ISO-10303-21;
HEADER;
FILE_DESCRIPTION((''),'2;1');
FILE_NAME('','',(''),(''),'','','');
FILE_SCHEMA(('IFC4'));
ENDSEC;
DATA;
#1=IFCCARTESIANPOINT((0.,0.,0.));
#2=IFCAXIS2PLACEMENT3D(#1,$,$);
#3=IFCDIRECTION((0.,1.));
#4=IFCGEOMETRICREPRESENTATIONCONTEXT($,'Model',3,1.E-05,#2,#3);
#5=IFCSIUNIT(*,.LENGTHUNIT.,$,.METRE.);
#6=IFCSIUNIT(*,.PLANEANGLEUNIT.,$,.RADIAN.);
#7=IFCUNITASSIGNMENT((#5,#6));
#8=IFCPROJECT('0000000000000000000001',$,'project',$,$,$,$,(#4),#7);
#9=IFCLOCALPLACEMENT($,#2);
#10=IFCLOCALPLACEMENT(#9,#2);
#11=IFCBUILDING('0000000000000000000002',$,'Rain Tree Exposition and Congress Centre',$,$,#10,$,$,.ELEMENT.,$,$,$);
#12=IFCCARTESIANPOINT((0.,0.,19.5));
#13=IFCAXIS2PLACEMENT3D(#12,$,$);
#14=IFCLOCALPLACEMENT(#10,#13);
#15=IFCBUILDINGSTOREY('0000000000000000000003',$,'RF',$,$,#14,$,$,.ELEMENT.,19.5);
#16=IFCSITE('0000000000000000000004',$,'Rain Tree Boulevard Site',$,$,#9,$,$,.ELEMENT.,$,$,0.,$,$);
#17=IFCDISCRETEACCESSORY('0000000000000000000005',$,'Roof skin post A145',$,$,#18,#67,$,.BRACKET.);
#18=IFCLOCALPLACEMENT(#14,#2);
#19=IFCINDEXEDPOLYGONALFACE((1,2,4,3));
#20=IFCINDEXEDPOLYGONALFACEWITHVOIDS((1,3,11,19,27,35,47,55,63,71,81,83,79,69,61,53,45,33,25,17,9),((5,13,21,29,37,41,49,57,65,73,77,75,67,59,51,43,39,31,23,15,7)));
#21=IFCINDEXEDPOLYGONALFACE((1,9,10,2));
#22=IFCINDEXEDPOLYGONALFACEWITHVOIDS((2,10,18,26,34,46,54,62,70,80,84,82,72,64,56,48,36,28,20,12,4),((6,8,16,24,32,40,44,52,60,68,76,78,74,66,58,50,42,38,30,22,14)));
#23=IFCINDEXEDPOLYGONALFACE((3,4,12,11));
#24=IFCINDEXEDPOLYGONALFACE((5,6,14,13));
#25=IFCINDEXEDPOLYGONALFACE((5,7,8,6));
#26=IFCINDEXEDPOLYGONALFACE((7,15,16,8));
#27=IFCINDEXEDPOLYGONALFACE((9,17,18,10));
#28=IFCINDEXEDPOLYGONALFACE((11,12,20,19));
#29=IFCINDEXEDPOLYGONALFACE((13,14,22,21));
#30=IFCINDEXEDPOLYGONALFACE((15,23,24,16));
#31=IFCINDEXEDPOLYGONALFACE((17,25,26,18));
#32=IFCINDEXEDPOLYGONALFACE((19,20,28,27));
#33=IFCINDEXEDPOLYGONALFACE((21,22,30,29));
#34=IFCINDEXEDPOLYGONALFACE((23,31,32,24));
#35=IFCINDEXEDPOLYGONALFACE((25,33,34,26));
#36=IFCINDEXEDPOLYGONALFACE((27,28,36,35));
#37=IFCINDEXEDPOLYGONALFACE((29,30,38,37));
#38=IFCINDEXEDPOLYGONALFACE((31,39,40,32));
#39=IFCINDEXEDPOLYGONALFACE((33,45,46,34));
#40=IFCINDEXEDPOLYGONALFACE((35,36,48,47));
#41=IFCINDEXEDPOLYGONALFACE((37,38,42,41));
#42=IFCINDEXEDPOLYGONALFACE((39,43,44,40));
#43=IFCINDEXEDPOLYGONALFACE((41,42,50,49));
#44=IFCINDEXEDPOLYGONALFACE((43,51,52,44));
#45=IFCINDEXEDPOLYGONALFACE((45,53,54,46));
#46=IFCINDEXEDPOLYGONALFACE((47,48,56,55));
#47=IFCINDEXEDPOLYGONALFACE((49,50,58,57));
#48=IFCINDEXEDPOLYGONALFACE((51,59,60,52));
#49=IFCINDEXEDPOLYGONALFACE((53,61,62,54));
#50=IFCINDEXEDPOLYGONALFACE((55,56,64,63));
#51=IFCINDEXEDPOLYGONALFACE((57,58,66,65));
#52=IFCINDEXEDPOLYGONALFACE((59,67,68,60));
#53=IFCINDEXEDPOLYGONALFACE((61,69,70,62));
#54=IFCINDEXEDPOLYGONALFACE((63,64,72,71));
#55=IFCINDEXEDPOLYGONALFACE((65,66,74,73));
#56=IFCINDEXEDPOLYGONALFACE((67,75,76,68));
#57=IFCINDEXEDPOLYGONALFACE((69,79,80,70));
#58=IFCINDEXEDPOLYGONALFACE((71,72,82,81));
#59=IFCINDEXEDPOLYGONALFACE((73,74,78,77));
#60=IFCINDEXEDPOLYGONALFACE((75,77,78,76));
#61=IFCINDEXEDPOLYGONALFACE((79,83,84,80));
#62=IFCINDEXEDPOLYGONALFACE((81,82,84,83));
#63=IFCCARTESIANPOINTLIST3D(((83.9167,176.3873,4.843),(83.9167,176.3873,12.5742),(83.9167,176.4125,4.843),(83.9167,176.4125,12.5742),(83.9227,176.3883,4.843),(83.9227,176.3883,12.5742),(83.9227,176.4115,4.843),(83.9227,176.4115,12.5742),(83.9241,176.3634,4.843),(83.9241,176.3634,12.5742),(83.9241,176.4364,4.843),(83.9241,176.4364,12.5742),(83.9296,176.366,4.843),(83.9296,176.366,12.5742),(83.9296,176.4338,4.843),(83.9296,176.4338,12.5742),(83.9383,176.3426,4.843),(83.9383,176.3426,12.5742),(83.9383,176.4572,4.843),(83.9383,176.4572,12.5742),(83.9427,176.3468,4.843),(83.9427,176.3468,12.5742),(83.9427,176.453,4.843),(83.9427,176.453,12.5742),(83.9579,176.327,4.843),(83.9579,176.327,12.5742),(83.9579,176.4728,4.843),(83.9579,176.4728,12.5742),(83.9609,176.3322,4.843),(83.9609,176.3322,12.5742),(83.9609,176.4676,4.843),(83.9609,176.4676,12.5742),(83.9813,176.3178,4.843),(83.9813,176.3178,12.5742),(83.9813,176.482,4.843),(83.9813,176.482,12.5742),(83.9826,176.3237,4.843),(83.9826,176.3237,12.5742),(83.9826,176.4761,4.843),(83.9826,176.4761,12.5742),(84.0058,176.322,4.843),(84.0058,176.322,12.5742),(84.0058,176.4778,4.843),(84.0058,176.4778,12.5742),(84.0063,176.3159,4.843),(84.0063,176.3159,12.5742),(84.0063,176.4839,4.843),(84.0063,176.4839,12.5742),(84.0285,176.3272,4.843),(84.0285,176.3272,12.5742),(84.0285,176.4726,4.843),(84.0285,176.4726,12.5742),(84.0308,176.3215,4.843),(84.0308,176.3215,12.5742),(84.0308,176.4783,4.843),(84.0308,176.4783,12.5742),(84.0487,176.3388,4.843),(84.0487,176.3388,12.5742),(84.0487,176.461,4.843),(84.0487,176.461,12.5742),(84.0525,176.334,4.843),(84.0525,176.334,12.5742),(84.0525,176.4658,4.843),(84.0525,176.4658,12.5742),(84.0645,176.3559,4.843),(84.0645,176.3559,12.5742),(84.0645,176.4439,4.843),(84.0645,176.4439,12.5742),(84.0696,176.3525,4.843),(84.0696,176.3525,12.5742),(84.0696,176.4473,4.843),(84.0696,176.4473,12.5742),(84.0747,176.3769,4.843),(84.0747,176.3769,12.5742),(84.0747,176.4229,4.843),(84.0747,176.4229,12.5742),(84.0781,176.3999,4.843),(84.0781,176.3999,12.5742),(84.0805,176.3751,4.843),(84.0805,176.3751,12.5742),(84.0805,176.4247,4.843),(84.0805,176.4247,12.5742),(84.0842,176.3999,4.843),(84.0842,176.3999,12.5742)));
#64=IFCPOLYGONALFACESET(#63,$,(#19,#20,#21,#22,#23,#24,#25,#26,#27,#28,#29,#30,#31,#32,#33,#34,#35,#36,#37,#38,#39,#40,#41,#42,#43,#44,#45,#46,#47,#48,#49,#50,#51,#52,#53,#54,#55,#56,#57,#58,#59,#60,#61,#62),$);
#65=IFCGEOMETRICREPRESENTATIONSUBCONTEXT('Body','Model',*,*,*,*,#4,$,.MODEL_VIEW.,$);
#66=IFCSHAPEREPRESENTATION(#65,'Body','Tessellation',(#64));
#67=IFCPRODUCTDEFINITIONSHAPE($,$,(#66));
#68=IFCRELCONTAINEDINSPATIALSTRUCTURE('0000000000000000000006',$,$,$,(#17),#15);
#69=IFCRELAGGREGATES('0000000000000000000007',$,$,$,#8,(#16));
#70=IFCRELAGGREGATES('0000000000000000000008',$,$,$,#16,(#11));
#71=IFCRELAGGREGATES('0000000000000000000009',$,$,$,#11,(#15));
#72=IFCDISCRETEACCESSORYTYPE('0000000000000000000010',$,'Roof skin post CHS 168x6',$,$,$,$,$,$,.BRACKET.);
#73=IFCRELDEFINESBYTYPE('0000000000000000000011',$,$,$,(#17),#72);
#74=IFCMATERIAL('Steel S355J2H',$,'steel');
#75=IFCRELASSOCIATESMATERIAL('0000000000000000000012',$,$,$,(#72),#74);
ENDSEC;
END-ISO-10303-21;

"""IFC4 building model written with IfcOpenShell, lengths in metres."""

from ifc_helpers import new_model, si_unit, direction, frame, origin, origin_2d, place, context, subcontext, project, spatial, hollow_circle, extrude, material, material_profile, profile_set, type_object, element, save


model = new_model("IFC4")

# Units and contexts
model_context = context("Model", 3, precision=1e-05, world=origin(), true_north=direction((0.0, 1.0)))
body_context = subcontext(model_context, "Body", "Model", "MODEL_VIEW")
ifc_project = project(units=[si_unit("LENGTHUNIT", "METRE"), si_unit("PLANEANGLEUNIT", "RADIAN")], contexts=[model_context])

# Site, building, storey
site_placement = place(None, origin())
site = spatial("IfcSite", under=ifc_project, at=site_placement, Name="Rain Tree Boulevard Site", CompositionType="ELEMENT", RefElevation=0.0)
building_placement = place(site_placement, origin())
building = spatial("IfcBuilding", under=site, at=building_placement, Name="Rain Tree Exposition and Congress Centre", CompositionType="ELEMENT")
storey_placement = place(building_placement, frame((0.0, 0.0, 19.5)))
storey = spatial("IfcBuildingStorey", under=building, at=storey_placement, Name="RF", CompositionType="ELEMENT", Elevation=19.5)

# Discrete accessory
ifc_material_1 = material(Name="Steel S355J2H", Category="steel")
ifc_material_profile_1 = material_profile(ifc_material_1, hollow_circle(Radius=0.0842, WallThickness=0.0061, at=origin_2d()), Name="CHS 168x6")
ifc_profile_set_1 = profile_set([ifc_material_profile_1], Name="Steel S355J2H")
discrete_accessory_type_1 = type_object("IfcDiscreteAccessoryType", Name="Roof skin post CHS 168x6", PredefinedType="BRACKET", material=ifc_profile_set_1)
discrete_accessory_1_placement = place(storey_placement, frame((84.0, 176.3999, 4.843), z_axis=(0.0, 0.0, 1.0), x_axis=(1.0, 0.0, 0.0)))
element("IfcDiscreteAccessory", 1, at=discrete_accessory_1_placement, inside=storey, type_object=discrete_accessory_type_1, Name="Roof skin post A145", PredefinedType="BRACKET", context=body_context, shape_type="SweptSolid", body=[
    extrude(hollow_circle(Radius=0.0842, WallThickness=0.0061, at=origin_2d()), origin(), (0.0, 0.0, 1.0), 7.7312),
])

save(model, "model.ifc")
